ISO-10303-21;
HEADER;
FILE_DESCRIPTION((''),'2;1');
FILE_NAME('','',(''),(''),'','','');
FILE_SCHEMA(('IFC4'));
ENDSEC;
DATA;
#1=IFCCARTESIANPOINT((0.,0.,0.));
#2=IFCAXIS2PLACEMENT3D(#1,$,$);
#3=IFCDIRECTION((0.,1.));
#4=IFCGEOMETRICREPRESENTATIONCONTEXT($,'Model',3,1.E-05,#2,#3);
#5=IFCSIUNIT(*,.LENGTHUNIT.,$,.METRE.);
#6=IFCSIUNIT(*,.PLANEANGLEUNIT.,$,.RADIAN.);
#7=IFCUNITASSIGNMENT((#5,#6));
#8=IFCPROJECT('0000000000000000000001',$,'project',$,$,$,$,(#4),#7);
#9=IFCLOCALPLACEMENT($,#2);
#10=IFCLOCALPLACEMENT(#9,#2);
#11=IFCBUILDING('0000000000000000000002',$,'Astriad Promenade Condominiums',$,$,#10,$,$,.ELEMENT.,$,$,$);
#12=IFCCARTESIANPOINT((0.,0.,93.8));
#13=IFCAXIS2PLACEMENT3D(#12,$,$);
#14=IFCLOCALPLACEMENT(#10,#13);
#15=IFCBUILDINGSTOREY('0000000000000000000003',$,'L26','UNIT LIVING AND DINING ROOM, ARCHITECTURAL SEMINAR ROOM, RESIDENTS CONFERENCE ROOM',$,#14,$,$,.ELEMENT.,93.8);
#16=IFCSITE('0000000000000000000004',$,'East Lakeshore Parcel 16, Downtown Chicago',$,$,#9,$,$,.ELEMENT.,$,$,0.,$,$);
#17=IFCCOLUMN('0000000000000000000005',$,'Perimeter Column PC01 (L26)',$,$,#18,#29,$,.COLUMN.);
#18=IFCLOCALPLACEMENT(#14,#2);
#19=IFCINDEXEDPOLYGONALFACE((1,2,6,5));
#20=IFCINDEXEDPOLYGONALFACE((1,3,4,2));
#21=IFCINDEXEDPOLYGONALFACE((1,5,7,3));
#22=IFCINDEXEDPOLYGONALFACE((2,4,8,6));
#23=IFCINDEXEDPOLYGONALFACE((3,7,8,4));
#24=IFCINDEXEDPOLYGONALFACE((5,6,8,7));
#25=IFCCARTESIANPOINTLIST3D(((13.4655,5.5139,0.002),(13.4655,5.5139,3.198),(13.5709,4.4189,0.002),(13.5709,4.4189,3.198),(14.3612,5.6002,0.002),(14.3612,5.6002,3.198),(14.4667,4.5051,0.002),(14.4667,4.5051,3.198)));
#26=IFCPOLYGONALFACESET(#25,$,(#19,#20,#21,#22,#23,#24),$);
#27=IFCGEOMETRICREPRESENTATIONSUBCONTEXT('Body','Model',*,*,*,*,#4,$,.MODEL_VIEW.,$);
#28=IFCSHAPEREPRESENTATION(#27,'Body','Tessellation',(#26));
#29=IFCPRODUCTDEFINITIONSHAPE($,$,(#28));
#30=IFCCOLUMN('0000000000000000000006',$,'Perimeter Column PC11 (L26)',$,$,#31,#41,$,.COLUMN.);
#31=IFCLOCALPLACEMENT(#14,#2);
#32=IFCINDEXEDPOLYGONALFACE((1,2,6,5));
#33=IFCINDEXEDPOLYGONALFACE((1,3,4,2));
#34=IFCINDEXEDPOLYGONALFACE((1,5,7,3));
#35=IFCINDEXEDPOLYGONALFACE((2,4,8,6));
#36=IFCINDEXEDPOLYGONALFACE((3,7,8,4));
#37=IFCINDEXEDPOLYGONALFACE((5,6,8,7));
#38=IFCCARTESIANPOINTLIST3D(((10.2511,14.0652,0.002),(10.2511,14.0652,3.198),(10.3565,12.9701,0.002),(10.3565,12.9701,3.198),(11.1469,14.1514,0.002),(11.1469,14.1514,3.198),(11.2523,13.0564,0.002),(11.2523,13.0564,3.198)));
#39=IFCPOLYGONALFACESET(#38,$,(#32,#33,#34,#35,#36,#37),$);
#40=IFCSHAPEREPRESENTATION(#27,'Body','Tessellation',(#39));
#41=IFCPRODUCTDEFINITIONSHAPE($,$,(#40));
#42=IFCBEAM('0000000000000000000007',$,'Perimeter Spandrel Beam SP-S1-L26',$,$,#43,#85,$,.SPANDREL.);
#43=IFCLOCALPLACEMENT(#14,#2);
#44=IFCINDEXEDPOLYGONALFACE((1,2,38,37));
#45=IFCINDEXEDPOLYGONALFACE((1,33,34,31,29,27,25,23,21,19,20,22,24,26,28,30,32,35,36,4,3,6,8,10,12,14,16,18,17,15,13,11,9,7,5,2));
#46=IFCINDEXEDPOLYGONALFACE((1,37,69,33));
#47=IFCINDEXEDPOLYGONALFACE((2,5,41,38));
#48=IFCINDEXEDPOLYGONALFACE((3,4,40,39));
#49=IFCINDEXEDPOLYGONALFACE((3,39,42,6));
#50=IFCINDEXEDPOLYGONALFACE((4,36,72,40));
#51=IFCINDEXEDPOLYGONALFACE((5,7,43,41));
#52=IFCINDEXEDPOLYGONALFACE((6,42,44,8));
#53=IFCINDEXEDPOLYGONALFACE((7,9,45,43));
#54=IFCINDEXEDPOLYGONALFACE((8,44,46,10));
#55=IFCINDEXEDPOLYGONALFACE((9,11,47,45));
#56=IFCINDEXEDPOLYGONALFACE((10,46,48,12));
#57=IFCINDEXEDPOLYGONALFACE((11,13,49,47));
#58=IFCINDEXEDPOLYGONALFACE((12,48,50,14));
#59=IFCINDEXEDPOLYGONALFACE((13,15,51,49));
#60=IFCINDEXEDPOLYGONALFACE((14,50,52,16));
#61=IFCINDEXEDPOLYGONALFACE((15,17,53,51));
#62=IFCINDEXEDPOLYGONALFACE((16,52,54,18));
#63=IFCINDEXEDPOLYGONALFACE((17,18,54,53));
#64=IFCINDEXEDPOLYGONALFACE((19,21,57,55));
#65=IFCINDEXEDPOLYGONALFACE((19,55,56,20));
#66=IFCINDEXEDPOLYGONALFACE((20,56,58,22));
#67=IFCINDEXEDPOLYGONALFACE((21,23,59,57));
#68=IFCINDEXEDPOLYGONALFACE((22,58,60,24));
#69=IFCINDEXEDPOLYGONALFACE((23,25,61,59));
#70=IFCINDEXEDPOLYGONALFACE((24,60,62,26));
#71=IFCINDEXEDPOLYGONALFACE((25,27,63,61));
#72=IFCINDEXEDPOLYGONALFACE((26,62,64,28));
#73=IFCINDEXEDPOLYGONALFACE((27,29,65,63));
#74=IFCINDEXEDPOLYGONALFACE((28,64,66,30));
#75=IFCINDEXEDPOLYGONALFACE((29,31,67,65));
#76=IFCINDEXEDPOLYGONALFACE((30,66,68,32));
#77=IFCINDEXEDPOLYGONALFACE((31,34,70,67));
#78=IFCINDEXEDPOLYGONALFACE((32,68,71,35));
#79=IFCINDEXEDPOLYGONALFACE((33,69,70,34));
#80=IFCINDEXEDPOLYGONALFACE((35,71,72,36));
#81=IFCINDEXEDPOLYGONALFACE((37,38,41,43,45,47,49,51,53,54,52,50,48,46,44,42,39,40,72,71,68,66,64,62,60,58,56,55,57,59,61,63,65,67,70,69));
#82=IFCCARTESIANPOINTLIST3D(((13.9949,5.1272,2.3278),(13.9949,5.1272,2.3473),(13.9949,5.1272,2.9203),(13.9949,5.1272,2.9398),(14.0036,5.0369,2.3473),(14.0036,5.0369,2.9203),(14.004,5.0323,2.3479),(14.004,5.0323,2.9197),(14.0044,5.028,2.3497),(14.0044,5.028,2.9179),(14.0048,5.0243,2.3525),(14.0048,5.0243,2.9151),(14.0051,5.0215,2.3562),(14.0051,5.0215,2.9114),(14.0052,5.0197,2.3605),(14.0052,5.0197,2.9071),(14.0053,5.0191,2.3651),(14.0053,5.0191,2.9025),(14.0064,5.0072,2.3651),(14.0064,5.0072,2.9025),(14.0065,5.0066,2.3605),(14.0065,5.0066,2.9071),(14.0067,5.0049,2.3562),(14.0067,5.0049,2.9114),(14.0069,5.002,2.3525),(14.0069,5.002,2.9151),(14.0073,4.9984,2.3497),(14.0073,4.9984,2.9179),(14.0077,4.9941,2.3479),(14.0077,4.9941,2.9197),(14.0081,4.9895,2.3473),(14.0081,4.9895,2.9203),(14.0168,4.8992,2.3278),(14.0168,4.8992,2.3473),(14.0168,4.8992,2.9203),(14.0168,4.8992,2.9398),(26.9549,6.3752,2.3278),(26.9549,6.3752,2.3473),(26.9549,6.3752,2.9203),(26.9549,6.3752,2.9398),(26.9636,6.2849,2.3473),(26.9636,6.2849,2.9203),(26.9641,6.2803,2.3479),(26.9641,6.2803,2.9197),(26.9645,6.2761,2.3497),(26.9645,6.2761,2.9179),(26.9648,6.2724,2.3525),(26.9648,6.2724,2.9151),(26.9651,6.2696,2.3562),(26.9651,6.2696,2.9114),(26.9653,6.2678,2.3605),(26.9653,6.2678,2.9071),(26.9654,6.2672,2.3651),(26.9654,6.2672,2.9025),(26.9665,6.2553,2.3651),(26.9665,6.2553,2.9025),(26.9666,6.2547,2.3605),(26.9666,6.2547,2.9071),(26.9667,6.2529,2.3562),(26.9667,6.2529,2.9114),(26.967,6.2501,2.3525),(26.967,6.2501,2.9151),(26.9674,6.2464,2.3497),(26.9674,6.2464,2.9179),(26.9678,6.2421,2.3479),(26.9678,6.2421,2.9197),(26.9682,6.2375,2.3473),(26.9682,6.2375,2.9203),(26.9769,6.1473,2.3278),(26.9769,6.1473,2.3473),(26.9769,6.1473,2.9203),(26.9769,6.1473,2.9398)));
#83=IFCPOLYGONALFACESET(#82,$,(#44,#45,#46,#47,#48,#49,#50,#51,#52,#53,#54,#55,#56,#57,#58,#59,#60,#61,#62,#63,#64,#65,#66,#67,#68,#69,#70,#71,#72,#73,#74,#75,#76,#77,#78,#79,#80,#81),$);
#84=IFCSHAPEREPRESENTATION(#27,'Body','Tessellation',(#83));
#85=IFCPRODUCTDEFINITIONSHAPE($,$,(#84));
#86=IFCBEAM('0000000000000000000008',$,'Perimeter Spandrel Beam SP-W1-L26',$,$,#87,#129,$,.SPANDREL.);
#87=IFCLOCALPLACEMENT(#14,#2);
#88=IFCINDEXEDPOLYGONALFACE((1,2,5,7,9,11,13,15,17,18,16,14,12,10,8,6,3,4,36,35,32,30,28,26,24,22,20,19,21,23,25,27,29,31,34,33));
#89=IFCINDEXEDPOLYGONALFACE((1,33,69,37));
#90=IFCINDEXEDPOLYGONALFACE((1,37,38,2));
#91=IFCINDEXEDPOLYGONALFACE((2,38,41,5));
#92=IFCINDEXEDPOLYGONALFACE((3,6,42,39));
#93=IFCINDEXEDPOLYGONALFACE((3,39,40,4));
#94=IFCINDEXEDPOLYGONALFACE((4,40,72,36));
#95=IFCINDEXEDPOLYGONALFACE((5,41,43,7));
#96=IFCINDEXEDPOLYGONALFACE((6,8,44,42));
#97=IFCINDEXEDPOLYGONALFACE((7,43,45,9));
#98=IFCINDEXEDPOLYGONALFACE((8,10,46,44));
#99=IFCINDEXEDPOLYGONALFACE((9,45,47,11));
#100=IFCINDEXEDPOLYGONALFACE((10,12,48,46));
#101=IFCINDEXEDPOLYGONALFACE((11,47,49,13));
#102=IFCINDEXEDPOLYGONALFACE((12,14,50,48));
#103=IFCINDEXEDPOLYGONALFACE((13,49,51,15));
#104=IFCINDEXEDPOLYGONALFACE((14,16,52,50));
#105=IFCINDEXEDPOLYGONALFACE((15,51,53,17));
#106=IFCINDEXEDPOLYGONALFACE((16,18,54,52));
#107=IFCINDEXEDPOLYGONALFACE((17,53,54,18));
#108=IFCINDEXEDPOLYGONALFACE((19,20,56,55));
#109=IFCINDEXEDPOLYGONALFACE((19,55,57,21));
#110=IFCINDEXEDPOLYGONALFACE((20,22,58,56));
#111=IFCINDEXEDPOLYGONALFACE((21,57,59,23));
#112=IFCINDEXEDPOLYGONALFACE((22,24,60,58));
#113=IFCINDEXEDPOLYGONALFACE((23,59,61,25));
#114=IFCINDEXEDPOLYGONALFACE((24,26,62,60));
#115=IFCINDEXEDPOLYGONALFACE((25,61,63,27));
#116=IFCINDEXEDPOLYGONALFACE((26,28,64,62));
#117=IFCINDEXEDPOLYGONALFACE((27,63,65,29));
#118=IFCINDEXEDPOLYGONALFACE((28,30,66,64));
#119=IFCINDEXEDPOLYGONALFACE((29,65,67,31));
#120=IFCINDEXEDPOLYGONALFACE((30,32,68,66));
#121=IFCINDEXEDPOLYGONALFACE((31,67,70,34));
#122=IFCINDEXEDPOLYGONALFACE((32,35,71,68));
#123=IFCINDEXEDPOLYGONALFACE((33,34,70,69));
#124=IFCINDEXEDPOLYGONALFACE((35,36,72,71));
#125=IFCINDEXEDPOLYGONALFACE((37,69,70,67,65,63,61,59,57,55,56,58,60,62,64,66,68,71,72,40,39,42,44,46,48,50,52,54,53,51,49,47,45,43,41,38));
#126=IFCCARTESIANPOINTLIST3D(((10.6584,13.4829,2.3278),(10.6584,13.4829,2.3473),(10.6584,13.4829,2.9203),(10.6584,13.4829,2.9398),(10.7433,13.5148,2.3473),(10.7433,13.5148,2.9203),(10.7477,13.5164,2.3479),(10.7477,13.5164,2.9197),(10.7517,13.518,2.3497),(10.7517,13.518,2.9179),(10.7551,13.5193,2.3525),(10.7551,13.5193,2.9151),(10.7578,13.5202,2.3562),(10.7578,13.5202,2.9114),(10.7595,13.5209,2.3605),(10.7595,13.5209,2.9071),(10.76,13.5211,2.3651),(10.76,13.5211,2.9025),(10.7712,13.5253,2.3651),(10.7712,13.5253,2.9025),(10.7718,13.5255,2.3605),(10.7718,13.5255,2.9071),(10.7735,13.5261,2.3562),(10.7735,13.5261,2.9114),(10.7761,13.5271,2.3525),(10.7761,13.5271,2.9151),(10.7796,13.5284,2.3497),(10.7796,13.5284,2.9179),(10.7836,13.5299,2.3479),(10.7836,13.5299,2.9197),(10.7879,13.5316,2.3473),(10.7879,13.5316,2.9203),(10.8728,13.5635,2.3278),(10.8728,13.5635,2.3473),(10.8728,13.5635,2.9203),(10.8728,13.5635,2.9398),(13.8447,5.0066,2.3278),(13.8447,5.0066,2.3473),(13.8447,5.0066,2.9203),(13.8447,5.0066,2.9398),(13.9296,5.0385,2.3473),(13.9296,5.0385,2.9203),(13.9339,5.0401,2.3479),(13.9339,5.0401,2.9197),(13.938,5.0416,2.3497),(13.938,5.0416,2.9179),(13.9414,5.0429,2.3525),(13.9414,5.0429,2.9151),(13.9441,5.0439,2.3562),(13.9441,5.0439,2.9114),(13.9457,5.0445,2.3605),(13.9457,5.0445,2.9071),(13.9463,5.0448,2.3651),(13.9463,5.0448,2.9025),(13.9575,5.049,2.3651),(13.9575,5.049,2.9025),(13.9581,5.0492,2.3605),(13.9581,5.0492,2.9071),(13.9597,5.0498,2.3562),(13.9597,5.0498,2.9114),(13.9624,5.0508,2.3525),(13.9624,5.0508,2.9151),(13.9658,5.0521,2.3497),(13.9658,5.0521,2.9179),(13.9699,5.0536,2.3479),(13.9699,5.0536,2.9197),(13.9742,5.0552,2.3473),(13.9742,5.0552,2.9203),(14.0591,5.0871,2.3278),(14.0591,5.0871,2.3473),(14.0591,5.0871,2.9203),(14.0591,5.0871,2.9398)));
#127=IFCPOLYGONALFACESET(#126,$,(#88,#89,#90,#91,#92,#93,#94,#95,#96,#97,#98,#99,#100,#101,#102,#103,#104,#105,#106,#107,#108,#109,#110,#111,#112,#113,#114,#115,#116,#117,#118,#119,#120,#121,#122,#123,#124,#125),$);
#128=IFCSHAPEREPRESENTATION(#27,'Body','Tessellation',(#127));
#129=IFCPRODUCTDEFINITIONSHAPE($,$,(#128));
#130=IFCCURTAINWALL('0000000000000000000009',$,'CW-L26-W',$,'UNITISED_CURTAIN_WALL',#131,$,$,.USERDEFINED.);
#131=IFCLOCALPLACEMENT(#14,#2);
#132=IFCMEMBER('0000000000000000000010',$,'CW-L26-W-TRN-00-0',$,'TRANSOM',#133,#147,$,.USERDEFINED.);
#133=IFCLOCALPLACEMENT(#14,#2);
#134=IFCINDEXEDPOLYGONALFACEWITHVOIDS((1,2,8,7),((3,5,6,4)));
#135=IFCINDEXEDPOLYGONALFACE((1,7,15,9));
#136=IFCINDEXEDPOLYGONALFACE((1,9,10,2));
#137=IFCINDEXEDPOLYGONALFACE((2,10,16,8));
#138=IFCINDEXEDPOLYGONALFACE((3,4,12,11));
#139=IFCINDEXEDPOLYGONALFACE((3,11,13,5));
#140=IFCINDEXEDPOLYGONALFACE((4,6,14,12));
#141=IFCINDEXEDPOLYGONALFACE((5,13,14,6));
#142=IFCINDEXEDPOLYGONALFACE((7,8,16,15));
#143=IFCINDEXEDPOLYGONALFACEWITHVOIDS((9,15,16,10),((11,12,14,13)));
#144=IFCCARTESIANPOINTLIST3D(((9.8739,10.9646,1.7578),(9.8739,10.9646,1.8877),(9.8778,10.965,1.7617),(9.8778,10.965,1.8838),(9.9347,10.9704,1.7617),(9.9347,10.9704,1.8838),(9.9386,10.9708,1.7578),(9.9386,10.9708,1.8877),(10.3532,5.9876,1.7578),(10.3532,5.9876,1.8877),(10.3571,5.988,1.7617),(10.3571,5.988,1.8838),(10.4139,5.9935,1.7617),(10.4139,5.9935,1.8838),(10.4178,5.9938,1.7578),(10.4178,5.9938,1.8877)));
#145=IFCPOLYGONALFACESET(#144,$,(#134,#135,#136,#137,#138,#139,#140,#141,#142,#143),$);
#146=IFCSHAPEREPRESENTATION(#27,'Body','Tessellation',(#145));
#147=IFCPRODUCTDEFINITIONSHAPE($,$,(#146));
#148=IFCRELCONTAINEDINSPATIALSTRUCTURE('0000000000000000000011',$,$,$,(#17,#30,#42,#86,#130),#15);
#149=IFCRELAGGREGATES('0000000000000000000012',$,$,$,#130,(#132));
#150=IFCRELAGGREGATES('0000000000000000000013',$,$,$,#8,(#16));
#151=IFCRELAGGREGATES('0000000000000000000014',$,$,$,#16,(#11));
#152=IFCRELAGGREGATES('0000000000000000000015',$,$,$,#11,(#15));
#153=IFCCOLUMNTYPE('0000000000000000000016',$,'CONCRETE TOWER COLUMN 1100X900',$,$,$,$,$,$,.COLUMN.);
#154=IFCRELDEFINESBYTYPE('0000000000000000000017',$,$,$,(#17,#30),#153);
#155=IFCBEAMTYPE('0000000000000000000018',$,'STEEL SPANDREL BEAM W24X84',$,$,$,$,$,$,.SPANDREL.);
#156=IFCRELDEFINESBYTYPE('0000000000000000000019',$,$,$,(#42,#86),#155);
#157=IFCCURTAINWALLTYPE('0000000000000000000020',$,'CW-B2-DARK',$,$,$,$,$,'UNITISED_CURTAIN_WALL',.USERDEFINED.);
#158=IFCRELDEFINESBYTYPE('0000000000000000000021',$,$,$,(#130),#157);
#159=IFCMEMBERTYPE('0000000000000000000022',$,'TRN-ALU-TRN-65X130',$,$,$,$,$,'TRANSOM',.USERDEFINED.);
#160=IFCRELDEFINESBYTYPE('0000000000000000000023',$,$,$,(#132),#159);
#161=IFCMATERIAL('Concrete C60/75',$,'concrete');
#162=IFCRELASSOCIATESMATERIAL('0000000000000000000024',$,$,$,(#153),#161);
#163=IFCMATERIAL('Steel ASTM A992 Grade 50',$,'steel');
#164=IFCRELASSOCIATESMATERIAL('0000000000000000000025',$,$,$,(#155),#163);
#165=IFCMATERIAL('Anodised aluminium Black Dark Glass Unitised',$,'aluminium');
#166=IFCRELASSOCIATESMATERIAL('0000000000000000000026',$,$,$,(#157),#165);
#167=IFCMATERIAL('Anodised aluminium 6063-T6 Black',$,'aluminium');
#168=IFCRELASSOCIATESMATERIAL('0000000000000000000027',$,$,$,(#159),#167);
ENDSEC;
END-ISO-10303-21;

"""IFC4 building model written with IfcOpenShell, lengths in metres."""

from ifc_helpers import new_model, si_unit, direction, frame, origin, origin_2d, place, context, subcontext, project, spatial, rectangle, hollow_rectangle, i_section, extrude, source, transform, mapped, material, material_profile, profile_set, type_object, type_shapes, element, aggregate, save


model = new_model("IFC4")

# Units and contexts
model_context = context("Model", 3, precision=1e-05, world=origin(), true_north=direction((0.0, 1.0)))
body_context = subcontext(model_context, "Body", "Model", "MODEL_VIEW")
ifc_project = project(units=[si_unit("LENGTHUNIT", "METRE"), si_unit("PLANEANGLEUNIT", "RADIAN")], contexts=[model_context])

# Site, building, storey
site_placement = place(None, origin())
site = spatial("IfcSite", under=ifc_project, at=site_placement, Name="East Lakeshore Parcel 16, Downtown Chicago", CompositionType="ELEMENT", RefElevation=0.0)
building_placement = place(site_placement, origin())
building = spatial("IfcBuilding", under=site, at=building_placement, Name="Astriad Promenade Condominiums", CompositionType="ELEMENT")
storey_placement = place(building_placement, frame((0.0, 0.0, 93.8)))
storey = spatial("IfcBuildingStorey", under=building, at=storey_placement, Name="L26", Description="UNIT LIVING AND DINING ROOM, ARCHITECTURAL SEMINAR ROOM, RESIDENTS CONFERENCE ROOM", CompositionType="ELEMENT", Elevation=93.8)

# Columns
ifc_material_1 = material(Name="Concrete C60/75", Category="concrete")
ifc_material_profile_1 = material_profile(ifc_material_1, rectangle(XDim=0.8999, YDim=1.1001, at=origin_2d()), Name="RC-COL-1100X900")
ifc_profile_set_1 = profile_set([ifc_material_profile_1], Name="Concrete C60/75")
column_type = type_object("IfcColumnType", Name="CONCRETE TOWER COLUMN 1100X900", PredefinedType="COLUMN", material=ifc_profile_set_1)
shared_shape_1 = source(origin(), body_context, "Body", "SweptSolid", [
    extrude(rectangle(XDim=0.8999, YDim=1.1001, at=origin_2d()), origin(), (0.0, 0.0, 1.0), 3.196),
])
type_shapes(column_type, [shared_shape_1])
for number, where, z_axis, x_axis, name in (
    (1, (13.9661, 5.0095, 0.002), (0.0, 0.0, 1.0), (0.995396, 0.095846, 0.0), "Perimeter Column PC01 (L26)"),
    (2, (10.7517, 13.5608, 0.002), (0.0, 0.0, 1.0), (0.995396, 0.095846, 0.0), "Perimeter Column PC11 (L26)"),
):
    element("IfcColumn", number, at=place(storey_placement, frame(where, z_axis=z_axis, x_axis=x_axis)), inside=storey, type_object=column_type, Name=name, PredefinedType="COLUMN", context=body_context, shape_type="MappedRepresentation", body=[
        mapped(shared_shape_1, transform((0.0, 0.0, 0.0), scale=1.0)),
    ])

# Beams
ifc_material_2 = material(Name="Steel ASTM A992 Grade 50", Category="steel")
ifc_material_profile_2 = material_profile(ifc_material_2, i_section(OverallWidth=0.229, OverallDepth=0.6121, WebThickness=0.012, FlangeThickness=0.0195, FilletRadius=0.0178, at=origin_2d()), Name="W24X84")
ifc_profile_set_2 = profile_set([ifc_material_profile_2], Name="Steel ASTM A992 Grade 50")
beam_type = type_object("IfcBeamType", Name="STEEL SPANDREL BEAM W24X84", PredefinedType="SPANDREL", material=ifc_profile_set_2)
shared_shape_2 = source(origin(), body_context, "Body", "SweptSolid", [
    extrude(i_section(OverallWidth=0.229, OverallDepth=0.6121, WebThickness=0.012, FlangeThickness=0.0195, FilletRadius=0.0178, at=origin_2d()), origin(), (0.0, 0.0, 1.0), 13.02),
])
beam_1_placement = place(storey_placement, frame((14.0059, 5.0132, 2.6338), z_axis=(0.995395, 0.095857, 0.0), x_axis=(-0.095857, 0.995395, 0.0)))
element("IfcBeam", 3, at=beam_1_placement, inside=storey, type_object=beam_type, Name="Perimeter Spandrel Beam SP-S1-L26", PredefinedType="SPANDREL", context=body_context, shape_type="MappedRepresentation", body=[
    mapped(shared_shape_2, transform((0.0, 0.0, 0.0), scale=1.0)),
])
shared_shape_3 = source(origin(), body_context, "Body", "SweptSolid", [
    extrude(i_section(OverallWidth=0.229, OverallDepth=0.6121, WebThickness=0.012, FlangeThickness=0.0195, FilletRadius=0.0178, at=origin_2d()), origin(), (0.0, 0.0, 1.0), 9.0554),
])
type_shapes(beam_type, [shared_shape_2, shared_shape_3])
beam_2_placement = place(storey_placement, frame((10.7656, 13.5232, 2.6338), z_axis=(0.351865, -0.936051, 0.0), x_axis=(0.936051, 0.351865, 0.0)))
element("IfcBeam", 4, at=beam_2_placement, inside=storey, type_object=beam_type, Name="Perimeter Spandrel Beam SP-W1-L26", PredefinedType="SPANDREL", context=body_context, shape_type="MappedRepresentation", body=[
    mapped(shared_shape_3, transform((0.0, 0.0, 0.0), scale=1.0)),
])

# Curtain wall, member
ifc_material_3 = material(Name="Anodised aluminium Black Dark Glass Unitised", Category="aluminium")
curtain_wall_type = type_object("IfcCurtainWallType", Name="CW-B2-DARK", ElementType="UNITISED_CURTAIN_WALL", PredefinedType="USERDEFINED", material=ifc_material_3)
curtain_wall_placement = place(storey_placement, origin())
curtain_wall = element("IfcCurtainWall", 5, at=curtain_wall_placement, inside=storey, type_object=curtain_wall_type, Name="CW-L26-W", ObjectType="UNITISED_CURTAIN_WALL", PredefinedType="USERDEFINED")
ifc_material_4 = material(Name="Anodised aluminium 6063-T6 Black", Category="aluminium")
ifc_material_profile_3 = material_profile(ifc_material_4, hollow_rectangle(XDim=0.0649, YDim=0.1299, WallThickness=0.0039, at=origin_2d()), Name="ALU-TRN-65X130")
ifc_profile_set_3 = profile_set([ifc_material_profile_3], Name="Anodised aluminium 6063-T6 Black")
member_type = type_object("IfcMemberType", Name="TRN-ALU-TRN-65X130", ElementType="TRANSOM", PredefinedType="USERDEFINED", material=ifc_profile_set_3)
shared_shape_4 = source(origin(), body_context, "Body", "SweptSolid", [
    extrude(hollow_rectangle(XDim=0.0649, YDim=0.1299, WallThickness=0.0039, at=origin_2d()), origin(), (0.0, 0.0, 1.0), 5.0),
])
type_shapes(member_type, [shared_shape_4])
member_placement = place(storey_placement, frame((10.3855, 5.9907, 1.8228), z_axis=(-0.095848, 0.995396, 0.0), x_axis=(-0.995396, -0.095848, 0.0)))
member = element("IfcMember", 6, at=member_placement, type_object=member_type, Name="CW-L26-W-TRN-00-0", ObjectType="TRANSOM", PredefinedType="USERDEFINED", context=body_context, shape_type="MappedRepresentation", body=[
    mapped(shared_shape_4, transform((0.0, 0.0, 0.0), scale=1.0)),
])
aggregate(curtain_wall, [member])

save(model, "model.ifc")
